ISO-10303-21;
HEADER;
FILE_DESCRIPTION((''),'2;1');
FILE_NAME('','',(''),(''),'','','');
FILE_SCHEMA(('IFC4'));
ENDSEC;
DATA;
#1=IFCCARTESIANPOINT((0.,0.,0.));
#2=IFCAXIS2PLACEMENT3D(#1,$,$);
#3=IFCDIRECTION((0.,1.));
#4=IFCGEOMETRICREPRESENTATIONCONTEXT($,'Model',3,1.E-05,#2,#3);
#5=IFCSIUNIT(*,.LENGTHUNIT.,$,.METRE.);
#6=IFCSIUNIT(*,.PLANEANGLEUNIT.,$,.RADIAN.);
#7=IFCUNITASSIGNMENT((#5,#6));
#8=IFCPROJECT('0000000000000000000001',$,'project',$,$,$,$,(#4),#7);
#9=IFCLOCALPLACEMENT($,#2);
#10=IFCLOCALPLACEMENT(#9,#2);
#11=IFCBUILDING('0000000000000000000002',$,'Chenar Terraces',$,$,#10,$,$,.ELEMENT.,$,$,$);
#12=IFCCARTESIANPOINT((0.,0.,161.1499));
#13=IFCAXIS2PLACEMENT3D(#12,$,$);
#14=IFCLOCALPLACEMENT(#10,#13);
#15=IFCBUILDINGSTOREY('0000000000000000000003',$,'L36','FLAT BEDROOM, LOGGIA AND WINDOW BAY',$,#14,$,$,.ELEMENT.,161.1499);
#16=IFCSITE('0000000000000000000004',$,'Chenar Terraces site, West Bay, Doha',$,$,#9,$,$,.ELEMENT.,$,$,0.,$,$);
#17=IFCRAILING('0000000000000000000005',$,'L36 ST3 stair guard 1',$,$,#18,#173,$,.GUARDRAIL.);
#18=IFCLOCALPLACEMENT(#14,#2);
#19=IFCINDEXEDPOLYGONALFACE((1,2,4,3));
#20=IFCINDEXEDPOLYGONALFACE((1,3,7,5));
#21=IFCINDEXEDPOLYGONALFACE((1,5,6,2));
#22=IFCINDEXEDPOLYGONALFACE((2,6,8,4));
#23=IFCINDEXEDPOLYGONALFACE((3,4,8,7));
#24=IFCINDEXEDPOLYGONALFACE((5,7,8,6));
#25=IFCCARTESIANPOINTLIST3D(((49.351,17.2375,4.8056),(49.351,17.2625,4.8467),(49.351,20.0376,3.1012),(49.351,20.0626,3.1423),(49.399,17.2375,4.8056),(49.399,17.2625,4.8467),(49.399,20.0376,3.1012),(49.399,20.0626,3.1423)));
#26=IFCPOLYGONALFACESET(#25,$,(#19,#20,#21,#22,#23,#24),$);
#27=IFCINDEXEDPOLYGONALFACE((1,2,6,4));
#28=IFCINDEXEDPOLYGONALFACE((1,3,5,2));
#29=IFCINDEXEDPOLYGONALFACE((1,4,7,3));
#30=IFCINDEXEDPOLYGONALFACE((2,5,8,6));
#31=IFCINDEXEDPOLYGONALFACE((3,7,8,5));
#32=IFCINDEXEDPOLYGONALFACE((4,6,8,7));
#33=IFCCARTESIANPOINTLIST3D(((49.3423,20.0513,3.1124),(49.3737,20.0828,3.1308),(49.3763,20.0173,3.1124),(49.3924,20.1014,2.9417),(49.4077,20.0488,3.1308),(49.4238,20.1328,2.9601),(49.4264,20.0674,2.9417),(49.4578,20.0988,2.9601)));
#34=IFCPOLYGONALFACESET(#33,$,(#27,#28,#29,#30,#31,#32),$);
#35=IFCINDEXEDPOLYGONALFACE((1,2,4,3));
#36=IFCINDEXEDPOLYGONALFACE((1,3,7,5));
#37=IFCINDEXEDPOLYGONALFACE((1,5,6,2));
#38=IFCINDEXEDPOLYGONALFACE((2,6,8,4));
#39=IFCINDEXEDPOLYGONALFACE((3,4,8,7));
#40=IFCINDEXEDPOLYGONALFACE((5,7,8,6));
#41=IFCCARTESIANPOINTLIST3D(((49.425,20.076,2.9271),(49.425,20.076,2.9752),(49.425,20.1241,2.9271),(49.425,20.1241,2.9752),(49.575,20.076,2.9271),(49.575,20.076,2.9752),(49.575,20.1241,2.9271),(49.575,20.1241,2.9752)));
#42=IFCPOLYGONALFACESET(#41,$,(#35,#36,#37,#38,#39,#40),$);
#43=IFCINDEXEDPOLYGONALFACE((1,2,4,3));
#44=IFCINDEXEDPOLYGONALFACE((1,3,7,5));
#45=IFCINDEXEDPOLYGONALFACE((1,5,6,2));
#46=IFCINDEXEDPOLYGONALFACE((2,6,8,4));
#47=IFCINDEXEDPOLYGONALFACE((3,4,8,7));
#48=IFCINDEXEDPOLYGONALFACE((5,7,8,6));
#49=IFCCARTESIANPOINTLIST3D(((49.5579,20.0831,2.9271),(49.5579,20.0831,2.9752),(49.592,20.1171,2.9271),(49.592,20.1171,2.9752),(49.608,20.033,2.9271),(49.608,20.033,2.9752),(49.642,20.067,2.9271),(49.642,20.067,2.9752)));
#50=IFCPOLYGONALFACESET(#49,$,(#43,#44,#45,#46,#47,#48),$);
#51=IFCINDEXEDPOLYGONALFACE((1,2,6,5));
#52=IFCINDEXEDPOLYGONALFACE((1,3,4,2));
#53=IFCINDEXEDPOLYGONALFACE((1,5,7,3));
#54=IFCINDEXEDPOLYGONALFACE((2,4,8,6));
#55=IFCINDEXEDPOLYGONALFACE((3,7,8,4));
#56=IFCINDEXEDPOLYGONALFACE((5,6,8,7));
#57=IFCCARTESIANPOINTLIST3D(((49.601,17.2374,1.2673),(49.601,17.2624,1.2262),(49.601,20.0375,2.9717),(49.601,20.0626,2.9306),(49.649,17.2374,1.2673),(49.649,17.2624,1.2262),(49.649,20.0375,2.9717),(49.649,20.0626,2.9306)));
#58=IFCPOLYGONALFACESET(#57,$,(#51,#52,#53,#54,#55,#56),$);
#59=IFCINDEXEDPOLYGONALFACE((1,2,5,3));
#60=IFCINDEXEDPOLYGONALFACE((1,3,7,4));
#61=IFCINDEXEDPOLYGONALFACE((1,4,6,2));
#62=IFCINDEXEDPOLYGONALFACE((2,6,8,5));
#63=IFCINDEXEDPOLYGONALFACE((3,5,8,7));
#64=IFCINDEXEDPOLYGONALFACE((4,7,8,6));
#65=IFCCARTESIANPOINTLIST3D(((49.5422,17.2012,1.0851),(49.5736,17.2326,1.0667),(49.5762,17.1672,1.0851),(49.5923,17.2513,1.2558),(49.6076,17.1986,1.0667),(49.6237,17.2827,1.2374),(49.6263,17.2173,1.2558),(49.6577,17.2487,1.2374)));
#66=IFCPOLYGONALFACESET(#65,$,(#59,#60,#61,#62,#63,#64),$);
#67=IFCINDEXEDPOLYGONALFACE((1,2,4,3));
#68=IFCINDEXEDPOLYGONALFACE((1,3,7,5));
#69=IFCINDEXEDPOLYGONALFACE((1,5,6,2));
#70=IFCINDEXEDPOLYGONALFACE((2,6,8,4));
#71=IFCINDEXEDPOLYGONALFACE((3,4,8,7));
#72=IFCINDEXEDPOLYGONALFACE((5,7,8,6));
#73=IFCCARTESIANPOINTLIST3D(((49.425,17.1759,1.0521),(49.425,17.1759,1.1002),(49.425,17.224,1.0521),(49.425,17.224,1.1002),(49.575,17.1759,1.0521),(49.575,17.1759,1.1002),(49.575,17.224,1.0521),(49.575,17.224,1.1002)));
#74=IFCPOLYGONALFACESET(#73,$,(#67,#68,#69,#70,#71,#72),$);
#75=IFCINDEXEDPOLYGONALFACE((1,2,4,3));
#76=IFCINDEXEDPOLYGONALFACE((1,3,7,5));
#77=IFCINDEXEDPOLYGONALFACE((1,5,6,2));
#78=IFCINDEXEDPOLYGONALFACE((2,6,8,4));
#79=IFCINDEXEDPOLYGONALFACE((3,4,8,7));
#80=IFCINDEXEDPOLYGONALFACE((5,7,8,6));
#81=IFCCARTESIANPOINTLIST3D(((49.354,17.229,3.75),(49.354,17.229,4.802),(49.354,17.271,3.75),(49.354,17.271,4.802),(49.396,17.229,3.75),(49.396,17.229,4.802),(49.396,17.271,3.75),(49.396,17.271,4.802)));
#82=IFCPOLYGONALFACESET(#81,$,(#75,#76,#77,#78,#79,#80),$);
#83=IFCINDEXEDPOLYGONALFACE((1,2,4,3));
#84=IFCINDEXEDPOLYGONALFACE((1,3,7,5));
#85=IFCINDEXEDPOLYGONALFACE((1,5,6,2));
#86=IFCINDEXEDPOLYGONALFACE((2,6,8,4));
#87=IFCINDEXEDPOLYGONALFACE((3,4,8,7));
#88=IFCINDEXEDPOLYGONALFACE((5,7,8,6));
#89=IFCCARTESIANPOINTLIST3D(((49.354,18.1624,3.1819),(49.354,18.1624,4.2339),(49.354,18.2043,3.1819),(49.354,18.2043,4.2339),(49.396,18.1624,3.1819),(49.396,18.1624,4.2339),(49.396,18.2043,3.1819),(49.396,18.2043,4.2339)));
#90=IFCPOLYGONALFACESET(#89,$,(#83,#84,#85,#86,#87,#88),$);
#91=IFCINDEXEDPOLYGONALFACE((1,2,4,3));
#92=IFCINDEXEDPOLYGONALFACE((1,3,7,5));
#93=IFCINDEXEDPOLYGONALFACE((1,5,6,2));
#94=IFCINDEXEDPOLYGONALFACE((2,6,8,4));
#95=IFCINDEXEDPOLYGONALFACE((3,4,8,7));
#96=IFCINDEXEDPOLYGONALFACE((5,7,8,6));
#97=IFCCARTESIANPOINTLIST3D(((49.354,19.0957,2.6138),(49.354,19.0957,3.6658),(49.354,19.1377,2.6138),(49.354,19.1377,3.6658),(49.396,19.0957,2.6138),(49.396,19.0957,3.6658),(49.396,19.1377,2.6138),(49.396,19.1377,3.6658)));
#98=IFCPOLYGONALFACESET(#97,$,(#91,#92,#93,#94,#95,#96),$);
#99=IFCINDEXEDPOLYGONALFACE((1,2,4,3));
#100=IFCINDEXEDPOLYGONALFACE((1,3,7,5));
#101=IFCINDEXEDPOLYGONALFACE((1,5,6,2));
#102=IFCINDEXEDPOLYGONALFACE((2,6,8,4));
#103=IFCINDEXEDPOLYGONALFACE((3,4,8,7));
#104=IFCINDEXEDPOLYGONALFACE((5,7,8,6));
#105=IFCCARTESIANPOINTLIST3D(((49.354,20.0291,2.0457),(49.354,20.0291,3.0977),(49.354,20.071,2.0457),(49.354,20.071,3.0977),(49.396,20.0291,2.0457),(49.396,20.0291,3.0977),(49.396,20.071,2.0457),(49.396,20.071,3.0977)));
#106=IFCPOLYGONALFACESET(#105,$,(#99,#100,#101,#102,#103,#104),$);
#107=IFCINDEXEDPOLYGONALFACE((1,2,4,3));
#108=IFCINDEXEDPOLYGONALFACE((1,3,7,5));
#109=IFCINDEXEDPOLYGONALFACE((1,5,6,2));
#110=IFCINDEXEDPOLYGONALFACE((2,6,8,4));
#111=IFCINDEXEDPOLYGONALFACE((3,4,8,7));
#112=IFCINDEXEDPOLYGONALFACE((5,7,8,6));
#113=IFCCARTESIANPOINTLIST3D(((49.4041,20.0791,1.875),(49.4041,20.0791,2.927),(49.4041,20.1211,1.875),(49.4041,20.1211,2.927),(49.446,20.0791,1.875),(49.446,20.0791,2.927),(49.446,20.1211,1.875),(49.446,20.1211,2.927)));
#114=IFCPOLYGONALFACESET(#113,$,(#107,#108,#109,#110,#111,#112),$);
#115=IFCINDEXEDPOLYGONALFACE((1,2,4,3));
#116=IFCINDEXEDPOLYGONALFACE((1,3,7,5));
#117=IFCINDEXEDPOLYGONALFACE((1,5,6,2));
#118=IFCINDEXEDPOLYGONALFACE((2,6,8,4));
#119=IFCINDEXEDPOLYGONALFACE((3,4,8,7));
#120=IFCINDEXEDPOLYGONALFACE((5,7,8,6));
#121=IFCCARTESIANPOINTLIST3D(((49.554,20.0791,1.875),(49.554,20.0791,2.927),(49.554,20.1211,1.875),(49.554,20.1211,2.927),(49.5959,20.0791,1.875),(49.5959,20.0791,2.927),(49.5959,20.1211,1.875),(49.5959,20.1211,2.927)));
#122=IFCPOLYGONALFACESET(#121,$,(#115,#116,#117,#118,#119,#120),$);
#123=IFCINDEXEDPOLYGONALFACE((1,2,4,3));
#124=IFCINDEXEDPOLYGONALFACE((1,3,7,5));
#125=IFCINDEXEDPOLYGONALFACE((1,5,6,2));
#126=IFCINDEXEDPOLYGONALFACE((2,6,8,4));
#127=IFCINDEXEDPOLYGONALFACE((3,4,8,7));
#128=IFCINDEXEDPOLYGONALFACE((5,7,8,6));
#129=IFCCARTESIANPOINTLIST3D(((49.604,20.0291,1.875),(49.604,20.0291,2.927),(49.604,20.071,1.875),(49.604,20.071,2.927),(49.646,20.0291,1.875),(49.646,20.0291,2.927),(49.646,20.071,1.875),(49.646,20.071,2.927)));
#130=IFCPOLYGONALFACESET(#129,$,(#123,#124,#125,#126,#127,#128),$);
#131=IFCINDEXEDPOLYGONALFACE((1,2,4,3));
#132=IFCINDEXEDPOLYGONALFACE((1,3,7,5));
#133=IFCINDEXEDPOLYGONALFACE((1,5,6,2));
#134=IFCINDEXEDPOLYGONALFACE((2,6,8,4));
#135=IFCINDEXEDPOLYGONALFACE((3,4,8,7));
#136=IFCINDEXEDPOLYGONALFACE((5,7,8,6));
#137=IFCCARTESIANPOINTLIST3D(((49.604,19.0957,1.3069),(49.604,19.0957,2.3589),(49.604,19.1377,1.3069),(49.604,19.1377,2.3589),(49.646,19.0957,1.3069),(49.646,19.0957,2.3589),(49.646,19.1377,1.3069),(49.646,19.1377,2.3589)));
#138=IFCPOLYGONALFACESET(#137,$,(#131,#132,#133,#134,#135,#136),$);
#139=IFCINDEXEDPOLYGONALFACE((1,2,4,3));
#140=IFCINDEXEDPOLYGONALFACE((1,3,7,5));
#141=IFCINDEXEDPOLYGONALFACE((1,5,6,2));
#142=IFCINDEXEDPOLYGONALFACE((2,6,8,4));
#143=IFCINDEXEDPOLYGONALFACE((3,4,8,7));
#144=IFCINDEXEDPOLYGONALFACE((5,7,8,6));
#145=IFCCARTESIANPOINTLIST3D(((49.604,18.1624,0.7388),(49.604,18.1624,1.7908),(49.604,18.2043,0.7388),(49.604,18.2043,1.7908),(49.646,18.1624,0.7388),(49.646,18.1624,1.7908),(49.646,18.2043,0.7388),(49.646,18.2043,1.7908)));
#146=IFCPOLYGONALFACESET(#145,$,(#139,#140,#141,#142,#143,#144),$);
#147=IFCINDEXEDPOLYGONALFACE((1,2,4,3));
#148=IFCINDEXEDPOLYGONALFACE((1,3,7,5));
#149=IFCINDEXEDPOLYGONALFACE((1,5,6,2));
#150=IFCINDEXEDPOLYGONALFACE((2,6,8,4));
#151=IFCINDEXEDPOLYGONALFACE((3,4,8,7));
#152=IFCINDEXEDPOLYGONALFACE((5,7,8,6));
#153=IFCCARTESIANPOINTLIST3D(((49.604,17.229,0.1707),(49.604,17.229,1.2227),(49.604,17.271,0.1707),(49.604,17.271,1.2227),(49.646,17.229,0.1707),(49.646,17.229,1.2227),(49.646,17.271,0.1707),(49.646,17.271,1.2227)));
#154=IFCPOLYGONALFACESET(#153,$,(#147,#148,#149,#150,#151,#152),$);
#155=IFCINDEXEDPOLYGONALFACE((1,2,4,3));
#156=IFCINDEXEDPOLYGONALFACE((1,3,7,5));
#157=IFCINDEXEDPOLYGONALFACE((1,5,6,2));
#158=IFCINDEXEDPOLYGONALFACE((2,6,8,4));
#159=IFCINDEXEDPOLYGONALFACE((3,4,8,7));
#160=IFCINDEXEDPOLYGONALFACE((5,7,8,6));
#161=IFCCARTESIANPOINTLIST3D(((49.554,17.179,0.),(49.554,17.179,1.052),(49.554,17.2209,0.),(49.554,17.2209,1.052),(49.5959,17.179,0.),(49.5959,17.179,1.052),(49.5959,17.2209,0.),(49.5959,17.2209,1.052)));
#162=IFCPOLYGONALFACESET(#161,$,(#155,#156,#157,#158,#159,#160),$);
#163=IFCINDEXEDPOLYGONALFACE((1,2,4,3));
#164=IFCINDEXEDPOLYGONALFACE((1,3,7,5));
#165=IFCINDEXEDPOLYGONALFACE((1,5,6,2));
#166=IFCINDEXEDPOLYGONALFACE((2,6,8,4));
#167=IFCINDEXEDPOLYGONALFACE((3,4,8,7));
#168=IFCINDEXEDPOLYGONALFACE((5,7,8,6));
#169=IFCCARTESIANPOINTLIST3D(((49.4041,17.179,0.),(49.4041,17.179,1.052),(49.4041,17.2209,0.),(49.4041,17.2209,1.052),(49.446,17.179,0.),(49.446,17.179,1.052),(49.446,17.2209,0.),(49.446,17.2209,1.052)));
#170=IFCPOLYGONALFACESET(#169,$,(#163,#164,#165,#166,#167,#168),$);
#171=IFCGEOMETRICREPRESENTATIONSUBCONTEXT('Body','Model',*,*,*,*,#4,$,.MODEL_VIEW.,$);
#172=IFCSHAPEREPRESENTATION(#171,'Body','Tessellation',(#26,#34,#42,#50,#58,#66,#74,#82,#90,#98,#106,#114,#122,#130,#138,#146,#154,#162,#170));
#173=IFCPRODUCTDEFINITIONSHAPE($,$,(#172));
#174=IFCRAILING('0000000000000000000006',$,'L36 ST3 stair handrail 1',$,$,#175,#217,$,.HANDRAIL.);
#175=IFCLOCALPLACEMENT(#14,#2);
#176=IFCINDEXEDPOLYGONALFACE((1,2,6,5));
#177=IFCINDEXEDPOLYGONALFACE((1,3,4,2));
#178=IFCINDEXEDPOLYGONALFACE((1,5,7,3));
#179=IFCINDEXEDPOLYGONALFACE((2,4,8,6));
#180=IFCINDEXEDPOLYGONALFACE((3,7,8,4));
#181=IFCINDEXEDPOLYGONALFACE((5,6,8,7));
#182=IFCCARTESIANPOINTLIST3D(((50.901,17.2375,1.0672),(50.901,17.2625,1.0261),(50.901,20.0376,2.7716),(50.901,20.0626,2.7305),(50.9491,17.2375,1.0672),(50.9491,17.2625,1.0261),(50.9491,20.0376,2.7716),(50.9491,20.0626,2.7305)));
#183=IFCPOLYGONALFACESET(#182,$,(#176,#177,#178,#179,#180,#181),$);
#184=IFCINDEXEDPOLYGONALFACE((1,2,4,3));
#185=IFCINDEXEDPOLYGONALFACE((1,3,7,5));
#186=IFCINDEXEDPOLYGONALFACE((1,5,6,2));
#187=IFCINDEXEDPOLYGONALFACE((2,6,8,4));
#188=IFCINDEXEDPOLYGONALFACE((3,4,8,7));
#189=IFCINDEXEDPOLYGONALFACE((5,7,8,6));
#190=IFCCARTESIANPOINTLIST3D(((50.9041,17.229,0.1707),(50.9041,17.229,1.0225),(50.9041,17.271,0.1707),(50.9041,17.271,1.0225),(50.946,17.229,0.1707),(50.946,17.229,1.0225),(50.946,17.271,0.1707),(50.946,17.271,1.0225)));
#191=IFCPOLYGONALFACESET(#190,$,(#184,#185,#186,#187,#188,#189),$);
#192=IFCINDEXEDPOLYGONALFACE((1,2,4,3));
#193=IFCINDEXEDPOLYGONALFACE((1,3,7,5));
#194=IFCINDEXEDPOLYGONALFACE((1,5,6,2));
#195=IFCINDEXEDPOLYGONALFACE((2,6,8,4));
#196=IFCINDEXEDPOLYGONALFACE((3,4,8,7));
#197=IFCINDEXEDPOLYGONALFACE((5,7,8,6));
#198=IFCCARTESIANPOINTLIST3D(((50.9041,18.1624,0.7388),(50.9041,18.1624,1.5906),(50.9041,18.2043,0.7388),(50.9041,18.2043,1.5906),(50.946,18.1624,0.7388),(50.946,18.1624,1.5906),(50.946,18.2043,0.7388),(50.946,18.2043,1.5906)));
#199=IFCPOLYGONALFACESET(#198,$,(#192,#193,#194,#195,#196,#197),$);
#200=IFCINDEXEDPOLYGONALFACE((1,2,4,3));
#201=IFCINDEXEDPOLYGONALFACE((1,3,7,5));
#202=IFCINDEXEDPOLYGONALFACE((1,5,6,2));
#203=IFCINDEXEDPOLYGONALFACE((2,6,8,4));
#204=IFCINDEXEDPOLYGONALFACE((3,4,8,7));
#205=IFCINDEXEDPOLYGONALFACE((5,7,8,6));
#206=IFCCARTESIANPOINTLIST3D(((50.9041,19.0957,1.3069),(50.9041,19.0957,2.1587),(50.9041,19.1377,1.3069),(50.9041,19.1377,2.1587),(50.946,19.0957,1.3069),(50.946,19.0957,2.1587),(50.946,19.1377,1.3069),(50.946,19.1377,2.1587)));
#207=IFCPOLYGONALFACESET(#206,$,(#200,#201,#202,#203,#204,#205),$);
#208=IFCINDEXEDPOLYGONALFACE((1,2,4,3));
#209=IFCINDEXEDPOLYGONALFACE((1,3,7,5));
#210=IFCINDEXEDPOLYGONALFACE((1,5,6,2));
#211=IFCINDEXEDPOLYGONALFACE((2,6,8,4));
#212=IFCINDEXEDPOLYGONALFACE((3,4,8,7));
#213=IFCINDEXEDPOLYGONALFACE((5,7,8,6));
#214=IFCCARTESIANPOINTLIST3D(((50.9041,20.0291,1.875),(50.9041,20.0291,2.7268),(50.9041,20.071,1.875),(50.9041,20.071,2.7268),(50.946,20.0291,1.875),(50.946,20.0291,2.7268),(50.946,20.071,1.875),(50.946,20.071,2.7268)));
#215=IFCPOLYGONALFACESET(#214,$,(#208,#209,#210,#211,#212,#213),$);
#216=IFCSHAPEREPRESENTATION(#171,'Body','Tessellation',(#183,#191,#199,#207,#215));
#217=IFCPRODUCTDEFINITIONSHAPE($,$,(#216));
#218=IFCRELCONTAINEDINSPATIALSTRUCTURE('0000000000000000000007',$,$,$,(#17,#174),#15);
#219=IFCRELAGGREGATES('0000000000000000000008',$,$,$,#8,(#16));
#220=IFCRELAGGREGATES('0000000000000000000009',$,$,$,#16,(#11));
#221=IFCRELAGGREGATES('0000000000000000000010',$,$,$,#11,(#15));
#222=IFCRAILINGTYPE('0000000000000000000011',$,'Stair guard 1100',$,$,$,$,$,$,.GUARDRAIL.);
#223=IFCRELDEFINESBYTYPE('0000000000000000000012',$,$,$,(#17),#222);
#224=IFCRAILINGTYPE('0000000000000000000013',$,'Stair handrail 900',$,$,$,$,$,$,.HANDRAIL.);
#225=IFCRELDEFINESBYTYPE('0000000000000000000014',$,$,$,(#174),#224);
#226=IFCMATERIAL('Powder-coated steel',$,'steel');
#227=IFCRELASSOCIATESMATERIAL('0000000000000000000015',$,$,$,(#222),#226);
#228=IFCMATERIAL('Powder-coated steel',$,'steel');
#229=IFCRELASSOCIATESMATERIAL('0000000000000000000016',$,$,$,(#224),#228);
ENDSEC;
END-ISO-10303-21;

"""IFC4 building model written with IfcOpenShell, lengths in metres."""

from ifc_helpers import new_model, si_unit, direction, frame, origin, origin_2d, place, context, subcontext, project, spatial, rectangle, extrude, material, type_object, element, save


model = new_model("IFC4")

# Units and contexts
model_context = context("Model", 3, precision=1e-05, world=origin(), true_north=direction((0.0, 1.0)))
body_context = subcontext(model_context, "Body", "Model", "MODEL_VIEW")
ifc_project = project(units=[si_unit("LENGTHUNIT", "METRE"), si_unit("PLANEANGLEUNIT", "RADIAN")], contexts=[model_context])

# Site, building, storey
site_placement = place(None, origin())
site = spatial("IfcSite", under=ifc_project, at=site_placement, Name="Chenar Terraces site, West Bay, Doha", CompositionType="ELEMENT", RefElevation=0.0)
building_placement = place(site_placement, origin())
building = spatial("IfcBuilding", under=site, at=building_placement, Name="Chenar Terraces", CompositionType="ELEMENT")
storey_placement = place(building_placement, frame((0.0, 0.0, 161.1499)))
storey = spatial("IfcBuildingStorey", under=building, at=storey_placement, Name="L36", Description="FLAT BEDROOM, LOGGIA AND WINDOW BAY", CompositionType="ELEMENT", Elevation=161.1499)

# Railings
ifc_material_1 = material(Name="Powder-coated steel", Category="steel")
railing_type_1 = type_object("IfcRailingType", Name="Stair guard 1100", PredefinedType="GUARDRAIL", material=ifc_material_1)
railing_1_placement = place(storey_placement, frame((49.375, 17.25, 3.75)))
element("IfcRailing", 1, at=railing_1_placement, inside=storey, type_object=railing_type_1, Name="L36 ST3 stair guard 1", PredefinedType="GUARDRAIL", context=body_context, shape_type="SweptSolid", body=[
    extrude(rectangle(XDim=0.0481, YDim=0.0481, at=origin_2d()), frame((0.0, 0.0, 1.0762), z_axis=(0.0, 0.854203, -0.51994), x_axis=(-1.0, 0.0, 0.0)), (0.0, 0.0, 1.0), 3.2781),
    extrude(rectangle(XDim=0.0481, YDim=0.0481, at=origin_2d()), frame((0.0, 2.8, -0.6284), z_axis=(0.2709, 0.2709, -0.923703), x_axis=(-0.707107, 0.707107, 0.0)), (0.0, 0.0, 1.0), 0.1848),
    extrude(rectangle(XDim=0.0481, YDim=0.0481, at=origin_2d()), frame((0.05, 2.8501, -0.7988), z_axis=(1.0, 0.0, 0.0), x_axis=(0.0, 1.0, 0.0)), (0.0, 0.0, 1.0), 0.1499),
    extrude(rectangle(XDim=0.0481, YDim=0.0481, at=origin_2d()), frame((0.2, 2.8501, -0.7988), z_axis=(0.707107, -0.707107, 0.0), x_axis=(0.707107, 0.707107, 0.0)), (0.0, 0.0, 1.0), 0.0708),
    extrude(rectangle(XDim=0.0481, YDim=0.0481, at=origin_2d()), frame((0.25, 2.8, -0.7988), z_axis=(0.0, -0.854203, -0.51994), x_axis=(1.0, 0.0, 0.0)), (0.0, 0.0, 1.0), 3.2781),
    extrude(rectangle(XDim=0.0481, YDim=0.0481, at=origin_2d()), frame((0.25, 0.0, -2.5034), z_axis=(-0.2709, -0.2709, -0.923703), x_axis=(0.707107, -0.707107, 0.0)), (0.0, 0.0, 1.0), 0.1848),
    extrude(rectangle(XDim=0.0481, YDim=0.0481, at=origin_2d()), frame((0.2, -0.05, -2.6738), z_axis=(-1.0, 0.0, 0.0), x_axis=(0.0, -1.0, 0.0)), (0.0, 0.0, 1.0), 0.1499),
    extrude(rectangle(XDim=0.042, YDim=0.042, at=origin_2d()), origin(), (0.0, 0.0, 1.0), 1.052),
    extrude(rectangle(XDim=0.042, YDim=0.042, at=origin_2d()), frame((0.0, 0.9333, -0.5681)), (0.0, 0.0, 1.0), 1.052),
    extrude(rectangle(XDim=0.042, YDim=0.042, at=origin_2d()), frame((0.0, 1.8667, -1.1362)), (0.0, 0.0, 1.0), 1.052),
    extrude(rectangle(XDim=0.042, YDim=0.042, at=origin_2d()), frame((0.0, 2.8, -1.7043)), (0.0, 0.0, 1.0), 1.052),
    extrude(rectangle(XDim=0.042, YDim=0.042, at=origin_2d()), frame((0.05, 2.8501, -1.875)), (0.0, 0.0, 1.0), 1.052),
    extrude(rectangle(XDim=0.042, YDim=0.042, at=origin_2d()), frame((0.2, 2.8501, -1.875)), (0.0, 0.0, 1.0), 1.052),
    extrude(rectangle(XDim=0.042, YDim=0.042, at=origin_2d()), frame((0.25, 2.8, -1.875)), (0.0, 0.0, 1.0), 1.052),
    extrude(rectangle(XDim=0.042, YDim=0.042, at=origin_2d()), frame((0.25, 1.8667, -2.4431)), (0.0, 0.0, 1.0), 1.052),
    extrude(rectangle(XDim=0.042, YDim=0.042, at=origin_2d()), frame((0.25, 0.9333, -3.0112)), (0.0, 0.0, 1.0), 1.052),
    extrude(rectangle(XDim=0.042, YDim=0.042, at=origin_2d()), frame((0.25, 0.0, -3.5793)), (0.0, 0.0, 1.0), 1.052),
    extrude(rectangle(XDim=0.042, YDim=0.042, at=origin_2d()), frame((0.2, -0.05, -3.75)), (0.0, 0.0, 1.0), 1.052),
    extrude(rectangle(XDim=0.042, YDim=0.042, at=origin_2d()), frame((0.05, -0.05, -3.75)), (0.0, 0.0, 1.0), 1.052),
])
ifc_material_2 = material(Name="Powder-coated steel", Category="steel")
railing_type_2 = type_object("IfcRailingType", Name="Stair handrail 900", PredefinedType="HANDRAIL", material=ifc_material_2)
railing_2_placement = place(storey_placement, frame((50.925, 17.25, 0.1707)))
element("IfcRailing", 2, at=railing_2_placement, inside=storey, type_object=railing_type_2, Name="L36 ST3 stair handrail 1", PredefinedType="HANDRAIL", context=body_context, shape_type="SweptSolid", body=[
    extrude(rectangle(XDim=0.0481, YDim=0.0481, at=origin_2d()), frame((0.0, 0.0, 0.876), z_axis=(0.0, 0.854203, 0.51994), x_axis=(-1.0, 0.0, 0.0)), (0.0, 0.0, 1.0), 3.2781),
    extrude(rectangle(XDim=0.042, YDim=0.042, at=origin_2d()), origin(), (0.0, 0.0, 1.0), 0.8518),
    extrude(rectangle(XDim=0.042, YDim=0.042, at=origin_2d()), frame((0.0, 0.9333, 0.5681)), (0.0, 0.0, 1.0), 0.8518),
    extrude(rectangle(XDim=0.042, YDim=0.042, at=origin_2d()), frame((0.0, 1.8667, 1.1362)), (0.0, 0.0, 1.0), 0.8518),
    extrude(rectangle(XDim=0.042, YDim=0.042, at=origin_2d()), frame((0.0, 2.8, 1.7043)), (0.0, 0.0, 1.0), 0.8518),
])

save(model, "model.ifc")
